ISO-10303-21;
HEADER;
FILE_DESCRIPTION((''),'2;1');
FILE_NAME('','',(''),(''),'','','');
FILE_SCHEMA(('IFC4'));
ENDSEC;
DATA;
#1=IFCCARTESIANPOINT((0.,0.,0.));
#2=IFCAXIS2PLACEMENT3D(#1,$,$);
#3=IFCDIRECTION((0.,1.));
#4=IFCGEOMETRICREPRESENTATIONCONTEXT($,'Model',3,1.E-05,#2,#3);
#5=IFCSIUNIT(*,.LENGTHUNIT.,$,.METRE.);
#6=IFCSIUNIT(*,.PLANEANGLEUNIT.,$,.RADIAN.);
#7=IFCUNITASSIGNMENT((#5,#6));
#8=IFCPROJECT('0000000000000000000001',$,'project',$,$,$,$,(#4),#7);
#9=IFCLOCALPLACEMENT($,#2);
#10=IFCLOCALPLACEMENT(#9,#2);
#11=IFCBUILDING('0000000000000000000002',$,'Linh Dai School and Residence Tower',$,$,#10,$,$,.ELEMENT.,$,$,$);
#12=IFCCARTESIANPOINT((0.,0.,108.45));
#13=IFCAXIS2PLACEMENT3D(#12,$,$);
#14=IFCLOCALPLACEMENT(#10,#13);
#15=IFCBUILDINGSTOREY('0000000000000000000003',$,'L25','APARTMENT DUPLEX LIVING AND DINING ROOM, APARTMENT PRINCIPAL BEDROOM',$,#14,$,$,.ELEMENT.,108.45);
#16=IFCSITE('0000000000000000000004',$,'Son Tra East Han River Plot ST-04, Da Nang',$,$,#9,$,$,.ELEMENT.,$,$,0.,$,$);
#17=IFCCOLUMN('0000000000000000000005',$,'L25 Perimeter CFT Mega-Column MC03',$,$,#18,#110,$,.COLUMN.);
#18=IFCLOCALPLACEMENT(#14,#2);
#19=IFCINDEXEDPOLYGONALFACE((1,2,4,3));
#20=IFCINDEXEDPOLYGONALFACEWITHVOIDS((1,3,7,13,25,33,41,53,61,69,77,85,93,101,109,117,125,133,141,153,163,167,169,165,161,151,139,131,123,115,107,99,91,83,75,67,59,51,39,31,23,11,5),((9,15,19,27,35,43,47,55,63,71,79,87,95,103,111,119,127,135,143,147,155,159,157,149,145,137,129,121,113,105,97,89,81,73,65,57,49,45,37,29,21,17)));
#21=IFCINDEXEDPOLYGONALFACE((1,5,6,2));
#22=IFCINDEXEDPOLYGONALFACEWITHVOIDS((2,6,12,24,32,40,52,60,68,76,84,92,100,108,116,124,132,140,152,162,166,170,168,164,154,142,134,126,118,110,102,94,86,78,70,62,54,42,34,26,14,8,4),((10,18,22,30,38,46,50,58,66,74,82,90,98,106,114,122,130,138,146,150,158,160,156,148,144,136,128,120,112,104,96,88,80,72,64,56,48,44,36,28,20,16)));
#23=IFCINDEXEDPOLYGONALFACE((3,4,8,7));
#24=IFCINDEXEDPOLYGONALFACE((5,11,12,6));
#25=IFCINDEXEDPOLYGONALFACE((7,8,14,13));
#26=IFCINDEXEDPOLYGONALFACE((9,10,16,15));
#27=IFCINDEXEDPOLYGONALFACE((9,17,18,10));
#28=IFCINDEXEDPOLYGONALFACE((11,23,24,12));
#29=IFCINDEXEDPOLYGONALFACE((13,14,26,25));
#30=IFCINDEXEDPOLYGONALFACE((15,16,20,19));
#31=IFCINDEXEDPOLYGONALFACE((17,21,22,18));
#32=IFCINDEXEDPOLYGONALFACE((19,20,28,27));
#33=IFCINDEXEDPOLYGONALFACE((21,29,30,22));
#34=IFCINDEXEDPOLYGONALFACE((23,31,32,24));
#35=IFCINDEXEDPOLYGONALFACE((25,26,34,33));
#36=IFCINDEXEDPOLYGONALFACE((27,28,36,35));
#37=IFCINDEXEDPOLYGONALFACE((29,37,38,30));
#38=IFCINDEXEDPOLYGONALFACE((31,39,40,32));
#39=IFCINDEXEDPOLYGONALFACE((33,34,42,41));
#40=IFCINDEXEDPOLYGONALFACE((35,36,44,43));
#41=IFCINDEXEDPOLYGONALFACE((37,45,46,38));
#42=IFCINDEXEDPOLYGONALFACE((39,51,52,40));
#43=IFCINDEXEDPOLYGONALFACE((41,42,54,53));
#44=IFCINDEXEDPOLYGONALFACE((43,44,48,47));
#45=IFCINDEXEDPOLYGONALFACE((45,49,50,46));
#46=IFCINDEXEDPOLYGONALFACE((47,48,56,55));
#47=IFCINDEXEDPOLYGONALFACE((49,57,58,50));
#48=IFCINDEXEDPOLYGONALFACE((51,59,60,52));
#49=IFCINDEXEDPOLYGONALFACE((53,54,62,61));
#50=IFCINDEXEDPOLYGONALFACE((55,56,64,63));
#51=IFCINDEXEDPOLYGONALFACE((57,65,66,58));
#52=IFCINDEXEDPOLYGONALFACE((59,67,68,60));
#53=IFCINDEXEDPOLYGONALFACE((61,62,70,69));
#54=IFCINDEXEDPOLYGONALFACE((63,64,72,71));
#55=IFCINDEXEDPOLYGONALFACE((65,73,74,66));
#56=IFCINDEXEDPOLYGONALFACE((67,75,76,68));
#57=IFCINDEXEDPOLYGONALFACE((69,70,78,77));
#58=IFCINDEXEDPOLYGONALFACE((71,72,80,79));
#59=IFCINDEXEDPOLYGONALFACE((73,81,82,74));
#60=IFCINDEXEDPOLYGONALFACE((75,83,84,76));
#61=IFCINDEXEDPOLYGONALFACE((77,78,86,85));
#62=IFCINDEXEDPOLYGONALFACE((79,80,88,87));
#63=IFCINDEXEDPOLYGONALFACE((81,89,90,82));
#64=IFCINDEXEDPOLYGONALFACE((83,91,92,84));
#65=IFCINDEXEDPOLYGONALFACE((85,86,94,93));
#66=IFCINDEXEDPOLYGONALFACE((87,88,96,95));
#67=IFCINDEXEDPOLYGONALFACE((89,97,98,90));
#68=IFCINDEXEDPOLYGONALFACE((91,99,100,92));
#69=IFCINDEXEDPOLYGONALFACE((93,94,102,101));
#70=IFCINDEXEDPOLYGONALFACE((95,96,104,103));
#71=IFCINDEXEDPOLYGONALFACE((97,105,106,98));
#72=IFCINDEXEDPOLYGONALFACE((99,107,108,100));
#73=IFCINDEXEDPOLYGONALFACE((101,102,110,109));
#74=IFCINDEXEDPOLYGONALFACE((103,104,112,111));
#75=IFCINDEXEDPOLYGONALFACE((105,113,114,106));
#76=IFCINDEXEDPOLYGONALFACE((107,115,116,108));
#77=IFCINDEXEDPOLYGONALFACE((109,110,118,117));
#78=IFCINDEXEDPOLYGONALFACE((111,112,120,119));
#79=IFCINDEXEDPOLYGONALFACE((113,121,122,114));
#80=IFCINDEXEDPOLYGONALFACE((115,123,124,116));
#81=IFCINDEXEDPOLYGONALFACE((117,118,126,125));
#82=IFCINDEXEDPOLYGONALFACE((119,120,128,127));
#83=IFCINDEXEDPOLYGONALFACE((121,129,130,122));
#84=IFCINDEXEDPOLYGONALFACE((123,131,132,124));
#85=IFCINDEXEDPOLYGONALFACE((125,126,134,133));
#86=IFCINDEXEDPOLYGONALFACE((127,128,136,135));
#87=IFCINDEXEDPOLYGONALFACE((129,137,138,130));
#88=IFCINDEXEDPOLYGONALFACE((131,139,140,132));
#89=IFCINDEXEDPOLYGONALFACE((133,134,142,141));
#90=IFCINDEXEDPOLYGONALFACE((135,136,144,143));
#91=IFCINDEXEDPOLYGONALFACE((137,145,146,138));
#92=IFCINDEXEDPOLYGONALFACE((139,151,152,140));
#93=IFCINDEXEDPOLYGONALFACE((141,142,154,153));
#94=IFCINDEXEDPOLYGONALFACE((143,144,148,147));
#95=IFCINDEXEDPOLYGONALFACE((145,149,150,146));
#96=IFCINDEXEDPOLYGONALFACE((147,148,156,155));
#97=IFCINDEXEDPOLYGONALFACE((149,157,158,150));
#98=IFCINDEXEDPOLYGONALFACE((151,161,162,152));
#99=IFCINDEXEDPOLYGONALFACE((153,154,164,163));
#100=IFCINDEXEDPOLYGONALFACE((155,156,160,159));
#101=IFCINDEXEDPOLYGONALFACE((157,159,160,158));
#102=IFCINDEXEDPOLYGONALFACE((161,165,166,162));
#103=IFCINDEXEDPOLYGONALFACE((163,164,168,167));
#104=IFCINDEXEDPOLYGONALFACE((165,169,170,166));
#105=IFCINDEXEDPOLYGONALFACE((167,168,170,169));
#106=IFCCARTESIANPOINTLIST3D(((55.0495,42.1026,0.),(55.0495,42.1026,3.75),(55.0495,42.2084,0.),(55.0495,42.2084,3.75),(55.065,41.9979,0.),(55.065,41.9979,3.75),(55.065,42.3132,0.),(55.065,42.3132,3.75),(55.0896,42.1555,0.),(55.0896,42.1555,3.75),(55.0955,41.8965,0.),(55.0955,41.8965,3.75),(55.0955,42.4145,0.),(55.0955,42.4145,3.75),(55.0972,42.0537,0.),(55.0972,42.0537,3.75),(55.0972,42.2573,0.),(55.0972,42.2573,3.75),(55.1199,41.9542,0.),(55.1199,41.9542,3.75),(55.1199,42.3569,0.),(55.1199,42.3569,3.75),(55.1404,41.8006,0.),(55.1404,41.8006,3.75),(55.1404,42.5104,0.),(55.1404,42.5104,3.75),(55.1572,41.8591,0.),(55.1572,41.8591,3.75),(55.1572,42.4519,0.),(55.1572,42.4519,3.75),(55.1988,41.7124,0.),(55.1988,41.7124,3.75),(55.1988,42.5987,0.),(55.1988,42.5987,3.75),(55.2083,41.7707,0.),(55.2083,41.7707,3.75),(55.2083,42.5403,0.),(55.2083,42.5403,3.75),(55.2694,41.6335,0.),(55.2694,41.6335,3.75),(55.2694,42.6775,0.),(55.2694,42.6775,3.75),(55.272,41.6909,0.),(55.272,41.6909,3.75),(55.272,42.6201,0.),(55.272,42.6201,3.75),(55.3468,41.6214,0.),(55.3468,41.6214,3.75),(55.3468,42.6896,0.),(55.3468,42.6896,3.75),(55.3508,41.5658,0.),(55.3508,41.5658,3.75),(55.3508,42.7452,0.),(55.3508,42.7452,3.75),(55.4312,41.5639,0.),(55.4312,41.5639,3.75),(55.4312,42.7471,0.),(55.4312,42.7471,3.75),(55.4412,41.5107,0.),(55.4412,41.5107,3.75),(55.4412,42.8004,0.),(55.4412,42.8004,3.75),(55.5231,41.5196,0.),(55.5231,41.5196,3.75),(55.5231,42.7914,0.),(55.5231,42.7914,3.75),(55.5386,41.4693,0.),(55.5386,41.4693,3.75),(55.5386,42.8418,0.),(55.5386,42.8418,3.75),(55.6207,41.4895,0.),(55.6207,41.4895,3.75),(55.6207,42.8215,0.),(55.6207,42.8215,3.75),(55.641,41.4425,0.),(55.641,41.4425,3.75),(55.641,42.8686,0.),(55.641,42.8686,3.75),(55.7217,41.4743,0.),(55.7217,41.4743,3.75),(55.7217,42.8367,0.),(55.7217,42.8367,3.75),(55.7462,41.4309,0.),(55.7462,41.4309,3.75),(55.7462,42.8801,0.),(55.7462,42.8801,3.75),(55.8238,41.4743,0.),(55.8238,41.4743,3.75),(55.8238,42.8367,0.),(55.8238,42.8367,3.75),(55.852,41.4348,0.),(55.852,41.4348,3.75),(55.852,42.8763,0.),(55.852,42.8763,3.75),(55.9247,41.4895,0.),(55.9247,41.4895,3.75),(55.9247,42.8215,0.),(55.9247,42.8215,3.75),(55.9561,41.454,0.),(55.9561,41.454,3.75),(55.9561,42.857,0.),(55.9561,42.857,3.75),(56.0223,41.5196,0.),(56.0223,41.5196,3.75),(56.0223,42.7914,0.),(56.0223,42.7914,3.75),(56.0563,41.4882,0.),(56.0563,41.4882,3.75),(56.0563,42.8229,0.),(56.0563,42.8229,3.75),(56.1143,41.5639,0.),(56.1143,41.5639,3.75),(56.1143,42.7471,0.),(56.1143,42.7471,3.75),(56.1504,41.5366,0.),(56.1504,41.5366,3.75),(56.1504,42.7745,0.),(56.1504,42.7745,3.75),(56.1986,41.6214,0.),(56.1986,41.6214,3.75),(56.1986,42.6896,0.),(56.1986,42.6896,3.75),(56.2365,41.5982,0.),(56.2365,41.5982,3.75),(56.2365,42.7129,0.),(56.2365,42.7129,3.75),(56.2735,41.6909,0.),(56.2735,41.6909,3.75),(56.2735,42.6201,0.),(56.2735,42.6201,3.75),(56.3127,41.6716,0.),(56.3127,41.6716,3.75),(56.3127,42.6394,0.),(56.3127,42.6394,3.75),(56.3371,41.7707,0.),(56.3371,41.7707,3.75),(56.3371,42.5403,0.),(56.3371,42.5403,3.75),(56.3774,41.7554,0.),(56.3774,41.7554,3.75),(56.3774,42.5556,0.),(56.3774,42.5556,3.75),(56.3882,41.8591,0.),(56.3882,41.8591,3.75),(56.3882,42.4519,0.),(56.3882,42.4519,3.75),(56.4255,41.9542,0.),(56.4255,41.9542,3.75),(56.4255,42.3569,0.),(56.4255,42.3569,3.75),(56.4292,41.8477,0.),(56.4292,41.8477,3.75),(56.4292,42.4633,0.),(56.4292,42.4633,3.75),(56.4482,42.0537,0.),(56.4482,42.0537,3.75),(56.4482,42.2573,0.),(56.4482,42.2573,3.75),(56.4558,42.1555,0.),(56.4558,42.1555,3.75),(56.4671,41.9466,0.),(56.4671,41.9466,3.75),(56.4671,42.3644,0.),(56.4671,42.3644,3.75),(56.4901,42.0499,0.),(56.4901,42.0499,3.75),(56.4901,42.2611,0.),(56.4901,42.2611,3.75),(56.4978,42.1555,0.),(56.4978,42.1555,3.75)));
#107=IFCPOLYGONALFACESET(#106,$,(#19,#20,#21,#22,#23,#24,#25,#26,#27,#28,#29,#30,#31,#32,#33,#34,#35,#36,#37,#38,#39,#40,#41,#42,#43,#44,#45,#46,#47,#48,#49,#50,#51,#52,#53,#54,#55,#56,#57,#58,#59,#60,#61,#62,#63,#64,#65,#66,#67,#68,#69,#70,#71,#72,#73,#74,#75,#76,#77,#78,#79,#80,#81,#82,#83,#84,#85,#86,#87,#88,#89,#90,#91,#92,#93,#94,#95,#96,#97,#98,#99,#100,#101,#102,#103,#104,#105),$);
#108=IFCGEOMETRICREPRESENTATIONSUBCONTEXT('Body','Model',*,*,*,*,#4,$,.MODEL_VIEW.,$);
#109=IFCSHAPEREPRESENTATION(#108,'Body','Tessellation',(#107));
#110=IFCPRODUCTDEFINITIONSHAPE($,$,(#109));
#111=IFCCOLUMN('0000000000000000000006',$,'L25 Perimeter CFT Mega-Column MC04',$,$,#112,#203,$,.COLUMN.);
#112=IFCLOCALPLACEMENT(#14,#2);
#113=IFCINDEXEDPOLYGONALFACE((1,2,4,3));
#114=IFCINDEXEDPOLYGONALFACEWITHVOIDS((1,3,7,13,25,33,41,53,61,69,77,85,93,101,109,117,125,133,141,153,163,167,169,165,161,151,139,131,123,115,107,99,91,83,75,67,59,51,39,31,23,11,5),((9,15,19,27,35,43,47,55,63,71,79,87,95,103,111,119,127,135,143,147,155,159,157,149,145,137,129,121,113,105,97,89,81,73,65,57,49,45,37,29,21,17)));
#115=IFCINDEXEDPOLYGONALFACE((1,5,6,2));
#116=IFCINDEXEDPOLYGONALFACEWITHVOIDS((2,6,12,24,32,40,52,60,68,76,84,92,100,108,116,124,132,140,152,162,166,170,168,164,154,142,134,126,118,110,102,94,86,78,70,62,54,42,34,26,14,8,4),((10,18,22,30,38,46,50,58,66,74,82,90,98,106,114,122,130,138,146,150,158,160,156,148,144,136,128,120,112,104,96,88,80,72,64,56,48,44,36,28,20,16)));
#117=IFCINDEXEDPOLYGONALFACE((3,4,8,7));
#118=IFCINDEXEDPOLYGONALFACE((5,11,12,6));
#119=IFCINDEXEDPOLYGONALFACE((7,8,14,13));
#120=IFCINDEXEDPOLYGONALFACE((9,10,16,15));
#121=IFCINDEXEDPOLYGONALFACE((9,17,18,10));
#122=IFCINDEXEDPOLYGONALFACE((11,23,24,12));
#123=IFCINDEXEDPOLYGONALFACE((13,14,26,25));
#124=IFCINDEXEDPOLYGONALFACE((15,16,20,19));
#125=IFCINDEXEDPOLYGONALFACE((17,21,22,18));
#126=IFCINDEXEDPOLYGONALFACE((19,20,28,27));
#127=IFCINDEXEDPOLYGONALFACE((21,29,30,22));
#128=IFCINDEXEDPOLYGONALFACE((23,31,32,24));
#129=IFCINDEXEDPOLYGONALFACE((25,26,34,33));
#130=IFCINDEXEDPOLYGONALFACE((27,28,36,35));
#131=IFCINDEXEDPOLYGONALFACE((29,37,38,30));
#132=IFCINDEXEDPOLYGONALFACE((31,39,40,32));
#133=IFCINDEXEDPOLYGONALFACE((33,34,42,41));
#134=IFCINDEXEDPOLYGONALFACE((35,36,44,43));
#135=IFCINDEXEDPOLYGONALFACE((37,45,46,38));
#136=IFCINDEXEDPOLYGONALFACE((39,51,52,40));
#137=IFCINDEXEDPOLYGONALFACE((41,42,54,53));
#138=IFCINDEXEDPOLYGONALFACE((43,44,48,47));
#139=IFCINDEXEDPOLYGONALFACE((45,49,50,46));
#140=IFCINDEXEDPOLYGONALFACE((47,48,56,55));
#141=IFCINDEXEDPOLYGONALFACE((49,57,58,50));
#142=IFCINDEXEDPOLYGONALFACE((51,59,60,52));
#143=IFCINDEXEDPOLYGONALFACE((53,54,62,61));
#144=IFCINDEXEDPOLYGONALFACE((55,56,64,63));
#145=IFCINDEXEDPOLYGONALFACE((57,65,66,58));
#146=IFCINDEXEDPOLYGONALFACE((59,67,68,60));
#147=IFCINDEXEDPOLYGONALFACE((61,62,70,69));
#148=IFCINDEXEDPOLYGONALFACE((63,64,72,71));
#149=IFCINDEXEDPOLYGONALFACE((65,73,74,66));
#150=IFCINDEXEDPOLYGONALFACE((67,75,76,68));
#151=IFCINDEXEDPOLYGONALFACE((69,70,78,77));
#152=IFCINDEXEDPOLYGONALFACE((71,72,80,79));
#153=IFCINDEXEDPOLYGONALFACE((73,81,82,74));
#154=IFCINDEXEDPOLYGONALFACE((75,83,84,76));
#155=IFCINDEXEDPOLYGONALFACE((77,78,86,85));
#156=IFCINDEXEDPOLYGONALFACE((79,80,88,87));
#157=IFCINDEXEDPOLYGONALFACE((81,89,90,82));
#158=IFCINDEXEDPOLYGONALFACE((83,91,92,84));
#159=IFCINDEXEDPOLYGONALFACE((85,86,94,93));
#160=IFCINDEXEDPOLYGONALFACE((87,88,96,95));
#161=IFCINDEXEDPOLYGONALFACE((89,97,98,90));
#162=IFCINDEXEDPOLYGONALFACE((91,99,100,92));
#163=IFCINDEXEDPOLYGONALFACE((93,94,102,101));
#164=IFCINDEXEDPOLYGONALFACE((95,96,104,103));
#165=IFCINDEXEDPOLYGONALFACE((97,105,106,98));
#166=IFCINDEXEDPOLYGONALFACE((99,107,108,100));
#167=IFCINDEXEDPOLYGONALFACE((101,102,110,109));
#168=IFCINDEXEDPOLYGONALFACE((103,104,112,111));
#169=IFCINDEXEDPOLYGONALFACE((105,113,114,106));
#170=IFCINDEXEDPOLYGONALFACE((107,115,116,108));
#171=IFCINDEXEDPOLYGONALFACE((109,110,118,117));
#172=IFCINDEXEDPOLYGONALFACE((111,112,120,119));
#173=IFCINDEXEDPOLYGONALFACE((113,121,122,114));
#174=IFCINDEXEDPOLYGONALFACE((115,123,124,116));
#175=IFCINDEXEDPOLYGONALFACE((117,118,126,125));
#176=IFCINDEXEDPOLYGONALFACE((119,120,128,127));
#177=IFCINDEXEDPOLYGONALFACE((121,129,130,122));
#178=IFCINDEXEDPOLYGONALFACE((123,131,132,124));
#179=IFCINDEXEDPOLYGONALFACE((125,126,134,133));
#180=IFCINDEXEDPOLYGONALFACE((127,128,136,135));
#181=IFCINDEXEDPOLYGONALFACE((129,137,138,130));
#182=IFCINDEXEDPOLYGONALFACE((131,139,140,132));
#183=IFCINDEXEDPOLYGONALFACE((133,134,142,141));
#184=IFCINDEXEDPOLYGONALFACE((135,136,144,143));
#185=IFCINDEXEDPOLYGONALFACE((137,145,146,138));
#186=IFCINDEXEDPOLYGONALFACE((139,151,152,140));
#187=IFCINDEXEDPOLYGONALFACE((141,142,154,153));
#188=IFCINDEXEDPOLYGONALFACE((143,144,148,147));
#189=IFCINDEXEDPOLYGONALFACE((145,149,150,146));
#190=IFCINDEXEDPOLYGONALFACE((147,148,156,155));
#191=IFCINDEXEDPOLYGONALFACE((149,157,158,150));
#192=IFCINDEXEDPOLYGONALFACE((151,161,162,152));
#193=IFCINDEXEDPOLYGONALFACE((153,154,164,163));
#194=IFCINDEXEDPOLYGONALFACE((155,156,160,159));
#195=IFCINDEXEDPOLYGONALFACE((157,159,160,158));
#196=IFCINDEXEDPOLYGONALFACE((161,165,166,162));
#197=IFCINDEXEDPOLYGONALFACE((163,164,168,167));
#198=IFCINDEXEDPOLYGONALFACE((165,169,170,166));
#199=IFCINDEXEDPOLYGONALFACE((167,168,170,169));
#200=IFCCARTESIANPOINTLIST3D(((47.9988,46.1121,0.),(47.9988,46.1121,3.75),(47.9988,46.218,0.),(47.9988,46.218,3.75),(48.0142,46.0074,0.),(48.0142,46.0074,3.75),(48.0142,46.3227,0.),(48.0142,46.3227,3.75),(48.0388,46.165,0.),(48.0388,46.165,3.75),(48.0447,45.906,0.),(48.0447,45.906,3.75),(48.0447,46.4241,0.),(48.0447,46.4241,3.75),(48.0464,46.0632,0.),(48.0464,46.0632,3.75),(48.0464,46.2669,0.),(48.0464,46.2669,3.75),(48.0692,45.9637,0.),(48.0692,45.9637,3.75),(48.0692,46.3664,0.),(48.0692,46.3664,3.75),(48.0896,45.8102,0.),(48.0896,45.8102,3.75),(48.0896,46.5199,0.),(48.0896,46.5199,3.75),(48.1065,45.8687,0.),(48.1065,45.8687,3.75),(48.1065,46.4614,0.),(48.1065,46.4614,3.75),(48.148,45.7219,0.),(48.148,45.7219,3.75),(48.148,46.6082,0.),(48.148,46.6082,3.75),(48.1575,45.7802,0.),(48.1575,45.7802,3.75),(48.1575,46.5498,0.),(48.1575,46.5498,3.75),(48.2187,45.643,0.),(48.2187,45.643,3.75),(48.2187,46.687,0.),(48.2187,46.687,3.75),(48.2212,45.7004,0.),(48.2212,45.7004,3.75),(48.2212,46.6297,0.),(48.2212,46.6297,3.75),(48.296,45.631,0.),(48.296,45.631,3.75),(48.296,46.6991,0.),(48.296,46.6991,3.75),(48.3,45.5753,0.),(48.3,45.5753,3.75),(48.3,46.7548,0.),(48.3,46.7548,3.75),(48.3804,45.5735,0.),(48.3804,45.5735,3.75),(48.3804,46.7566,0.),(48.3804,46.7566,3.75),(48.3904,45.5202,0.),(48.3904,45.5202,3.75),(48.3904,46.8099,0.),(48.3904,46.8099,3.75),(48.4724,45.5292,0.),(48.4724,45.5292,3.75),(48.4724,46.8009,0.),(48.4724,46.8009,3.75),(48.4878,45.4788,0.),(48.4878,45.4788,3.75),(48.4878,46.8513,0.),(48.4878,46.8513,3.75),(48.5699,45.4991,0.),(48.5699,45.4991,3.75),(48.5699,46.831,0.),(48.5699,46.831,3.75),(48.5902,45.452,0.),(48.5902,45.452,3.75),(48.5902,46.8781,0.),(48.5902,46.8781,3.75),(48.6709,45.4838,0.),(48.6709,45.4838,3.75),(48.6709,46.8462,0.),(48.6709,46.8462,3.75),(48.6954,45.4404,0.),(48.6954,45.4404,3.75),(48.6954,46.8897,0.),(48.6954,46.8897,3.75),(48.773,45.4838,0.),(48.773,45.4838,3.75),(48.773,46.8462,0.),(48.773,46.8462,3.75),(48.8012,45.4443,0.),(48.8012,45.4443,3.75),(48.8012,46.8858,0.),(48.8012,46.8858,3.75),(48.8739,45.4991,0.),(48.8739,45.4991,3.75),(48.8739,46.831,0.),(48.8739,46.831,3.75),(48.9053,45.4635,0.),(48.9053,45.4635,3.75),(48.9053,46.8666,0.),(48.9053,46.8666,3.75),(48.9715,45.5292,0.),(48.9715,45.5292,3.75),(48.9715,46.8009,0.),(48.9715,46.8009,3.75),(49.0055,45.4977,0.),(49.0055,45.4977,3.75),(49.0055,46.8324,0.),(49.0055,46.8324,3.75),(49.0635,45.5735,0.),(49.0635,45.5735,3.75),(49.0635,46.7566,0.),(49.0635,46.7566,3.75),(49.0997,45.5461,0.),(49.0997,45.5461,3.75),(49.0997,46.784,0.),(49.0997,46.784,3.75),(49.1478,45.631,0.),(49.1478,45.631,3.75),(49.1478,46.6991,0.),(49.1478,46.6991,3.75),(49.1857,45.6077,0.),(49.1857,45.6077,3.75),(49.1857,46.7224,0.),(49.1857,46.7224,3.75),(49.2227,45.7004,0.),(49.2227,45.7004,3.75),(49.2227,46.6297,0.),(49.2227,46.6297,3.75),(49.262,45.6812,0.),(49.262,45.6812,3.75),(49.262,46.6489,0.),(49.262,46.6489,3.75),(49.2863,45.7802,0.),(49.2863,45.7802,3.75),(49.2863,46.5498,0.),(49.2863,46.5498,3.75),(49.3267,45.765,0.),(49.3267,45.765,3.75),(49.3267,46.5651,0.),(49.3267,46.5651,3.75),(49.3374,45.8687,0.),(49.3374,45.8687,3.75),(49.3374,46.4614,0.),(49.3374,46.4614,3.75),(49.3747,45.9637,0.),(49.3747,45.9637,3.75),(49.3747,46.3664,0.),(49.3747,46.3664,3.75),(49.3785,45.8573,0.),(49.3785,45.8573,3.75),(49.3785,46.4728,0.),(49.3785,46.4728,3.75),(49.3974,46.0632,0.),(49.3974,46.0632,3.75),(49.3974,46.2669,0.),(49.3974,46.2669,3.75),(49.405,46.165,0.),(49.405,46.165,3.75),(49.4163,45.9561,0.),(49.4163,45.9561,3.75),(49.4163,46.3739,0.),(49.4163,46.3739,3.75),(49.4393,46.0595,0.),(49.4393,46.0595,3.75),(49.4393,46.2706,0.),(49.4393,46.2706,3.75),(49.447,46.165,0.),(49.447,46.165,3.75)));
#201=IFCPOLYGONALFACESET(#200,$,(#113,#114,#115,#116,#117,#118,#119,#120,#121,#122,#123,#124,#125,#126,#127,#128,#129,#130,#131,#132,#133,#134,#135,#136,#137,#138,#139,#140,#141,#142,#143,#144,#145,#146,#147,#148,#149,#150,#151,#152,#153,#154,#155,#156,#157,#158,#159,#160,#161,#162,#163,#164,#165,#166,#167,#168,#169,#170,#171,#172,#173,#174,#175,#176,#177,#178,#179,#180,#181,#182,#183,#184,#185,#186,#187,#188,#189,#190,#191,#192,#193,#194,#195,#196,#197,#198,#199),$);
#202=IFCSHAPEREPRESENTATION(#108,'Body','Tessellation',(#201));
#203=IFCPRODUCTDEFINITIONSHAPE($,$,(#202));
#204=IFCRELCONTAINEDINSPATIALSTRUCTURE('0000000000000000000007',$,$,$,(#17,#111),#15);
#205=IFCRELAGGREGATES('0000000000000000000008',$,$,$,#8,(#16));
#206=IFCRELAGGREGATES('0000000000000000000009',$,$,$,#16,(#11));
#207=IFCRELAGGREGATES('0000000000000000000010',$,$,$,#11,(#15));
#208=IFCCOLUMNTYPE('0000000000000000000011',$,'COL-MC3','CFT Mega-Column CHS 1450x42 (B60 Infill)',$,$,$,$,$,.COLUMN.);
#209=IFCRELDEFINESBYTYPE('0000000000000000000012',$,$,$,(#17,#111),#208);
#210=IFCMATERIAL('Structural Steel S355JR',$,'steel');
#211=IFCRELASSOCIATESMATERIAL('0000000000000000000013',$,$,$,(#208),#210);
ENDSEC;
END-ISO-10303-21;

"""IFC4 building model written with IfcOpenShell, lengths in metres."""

from ifc_helpers import new_model, si_unit, direction, frame, origin, origin_2d, place, context, subcontext, project, spatial, hollow_circle, extrude, material, material_profile, profile_set, type_object, element, save


model = new_model("IFC4")

# Units and contexts
model_context = context("Model", 3, precision=1e-05, world=origin(), true_north=direction((0.0, 1.0)))
body_context = subcontext(model_context, "Body", "Model", "MODEL_VIEW")
ifc_project = project(units=[si_unit("LENGTHUNIT", "METRE"), si_unit("PLANEANGLEUNIT", "RADIAN")], contexts=[model_context])

# Site, building, storey
site_placement = place(None, origin())
site = spatial("IfcSite", under=ifc_project, at=site_placement, Name="Son Tra East Han River Plot ST-04, Da Nang", CompositionType="ELEMENT", RefElevation=0.0)
building_placement = place(site_placement, origin())
building = spatial("IfcBuilding", under=site, at=building_placement, Name="Linh Dai School and Residence Tower", CompositionType="ELEMENT")
storey_placement = place(building_placement, frame((0.0, 0.0, 108.45)))
storey = spatial("IfcBuildingStorey", under=building, at=storey_placement, Name="L25", Description="APARTMENT DUPLEX LIVING AND DINING ROOM, APARTMENT PRINCIPAL BEDROOM", CompositionType="ELEMENT", Elevation=108.45)

# Columns
ifc_material_1 = material(Name="Structural Steel S355JR", Category="steel")
ifc_material_profile_1 = material_profile(ifc_material_1, hollow_circle(Radius=0.7251, WallThickness=0.042, at=origin_2d()), Name="CHS 1450x42")
ifc_profile_set_1 = profile_set([ifc_material_profile_1], Name="Structural Steel S355JR")
column_type = type_object("IfcColumnType", Name="COL-MC3", Description="CFT Mega-Column CHS 1450x42 (B60 Infill)", PredefinedType="COLUMN", material=ifc_profile_set_1)
for number, where, z_axis, x_axis, name in (
    (1, (55.7727, 42.1555, 0.0), (0.0, 0.0, 1.0), (1.0, 0.0, 0.0), "L25 Perimeter CFT Mega-Column MC03"),
    (2, (48.7219, 46.165, 0.0), (0.0, 0.0, 1.0), (1.0, 0.0, 0.0), "L25 Perimeter CFT Mega-Column MC04"),
):
    element("IfcColumn", number, at=place(storey_placement, frame(where, z_axis=z_axis, x_axis=x_axis)), inside=storey, type_object=column_type, Name=name, PredefinedType="COLUMN", context=body_context, shape_type="SweptSolid", body=[
        extrude(hollow_circle(Radius=0.7251, WallThickness=0.042, at=origin_2d()), origin(), (0.0, 0.0, 1.0), 3.75),
    ])

save(model, "model.ifc")
